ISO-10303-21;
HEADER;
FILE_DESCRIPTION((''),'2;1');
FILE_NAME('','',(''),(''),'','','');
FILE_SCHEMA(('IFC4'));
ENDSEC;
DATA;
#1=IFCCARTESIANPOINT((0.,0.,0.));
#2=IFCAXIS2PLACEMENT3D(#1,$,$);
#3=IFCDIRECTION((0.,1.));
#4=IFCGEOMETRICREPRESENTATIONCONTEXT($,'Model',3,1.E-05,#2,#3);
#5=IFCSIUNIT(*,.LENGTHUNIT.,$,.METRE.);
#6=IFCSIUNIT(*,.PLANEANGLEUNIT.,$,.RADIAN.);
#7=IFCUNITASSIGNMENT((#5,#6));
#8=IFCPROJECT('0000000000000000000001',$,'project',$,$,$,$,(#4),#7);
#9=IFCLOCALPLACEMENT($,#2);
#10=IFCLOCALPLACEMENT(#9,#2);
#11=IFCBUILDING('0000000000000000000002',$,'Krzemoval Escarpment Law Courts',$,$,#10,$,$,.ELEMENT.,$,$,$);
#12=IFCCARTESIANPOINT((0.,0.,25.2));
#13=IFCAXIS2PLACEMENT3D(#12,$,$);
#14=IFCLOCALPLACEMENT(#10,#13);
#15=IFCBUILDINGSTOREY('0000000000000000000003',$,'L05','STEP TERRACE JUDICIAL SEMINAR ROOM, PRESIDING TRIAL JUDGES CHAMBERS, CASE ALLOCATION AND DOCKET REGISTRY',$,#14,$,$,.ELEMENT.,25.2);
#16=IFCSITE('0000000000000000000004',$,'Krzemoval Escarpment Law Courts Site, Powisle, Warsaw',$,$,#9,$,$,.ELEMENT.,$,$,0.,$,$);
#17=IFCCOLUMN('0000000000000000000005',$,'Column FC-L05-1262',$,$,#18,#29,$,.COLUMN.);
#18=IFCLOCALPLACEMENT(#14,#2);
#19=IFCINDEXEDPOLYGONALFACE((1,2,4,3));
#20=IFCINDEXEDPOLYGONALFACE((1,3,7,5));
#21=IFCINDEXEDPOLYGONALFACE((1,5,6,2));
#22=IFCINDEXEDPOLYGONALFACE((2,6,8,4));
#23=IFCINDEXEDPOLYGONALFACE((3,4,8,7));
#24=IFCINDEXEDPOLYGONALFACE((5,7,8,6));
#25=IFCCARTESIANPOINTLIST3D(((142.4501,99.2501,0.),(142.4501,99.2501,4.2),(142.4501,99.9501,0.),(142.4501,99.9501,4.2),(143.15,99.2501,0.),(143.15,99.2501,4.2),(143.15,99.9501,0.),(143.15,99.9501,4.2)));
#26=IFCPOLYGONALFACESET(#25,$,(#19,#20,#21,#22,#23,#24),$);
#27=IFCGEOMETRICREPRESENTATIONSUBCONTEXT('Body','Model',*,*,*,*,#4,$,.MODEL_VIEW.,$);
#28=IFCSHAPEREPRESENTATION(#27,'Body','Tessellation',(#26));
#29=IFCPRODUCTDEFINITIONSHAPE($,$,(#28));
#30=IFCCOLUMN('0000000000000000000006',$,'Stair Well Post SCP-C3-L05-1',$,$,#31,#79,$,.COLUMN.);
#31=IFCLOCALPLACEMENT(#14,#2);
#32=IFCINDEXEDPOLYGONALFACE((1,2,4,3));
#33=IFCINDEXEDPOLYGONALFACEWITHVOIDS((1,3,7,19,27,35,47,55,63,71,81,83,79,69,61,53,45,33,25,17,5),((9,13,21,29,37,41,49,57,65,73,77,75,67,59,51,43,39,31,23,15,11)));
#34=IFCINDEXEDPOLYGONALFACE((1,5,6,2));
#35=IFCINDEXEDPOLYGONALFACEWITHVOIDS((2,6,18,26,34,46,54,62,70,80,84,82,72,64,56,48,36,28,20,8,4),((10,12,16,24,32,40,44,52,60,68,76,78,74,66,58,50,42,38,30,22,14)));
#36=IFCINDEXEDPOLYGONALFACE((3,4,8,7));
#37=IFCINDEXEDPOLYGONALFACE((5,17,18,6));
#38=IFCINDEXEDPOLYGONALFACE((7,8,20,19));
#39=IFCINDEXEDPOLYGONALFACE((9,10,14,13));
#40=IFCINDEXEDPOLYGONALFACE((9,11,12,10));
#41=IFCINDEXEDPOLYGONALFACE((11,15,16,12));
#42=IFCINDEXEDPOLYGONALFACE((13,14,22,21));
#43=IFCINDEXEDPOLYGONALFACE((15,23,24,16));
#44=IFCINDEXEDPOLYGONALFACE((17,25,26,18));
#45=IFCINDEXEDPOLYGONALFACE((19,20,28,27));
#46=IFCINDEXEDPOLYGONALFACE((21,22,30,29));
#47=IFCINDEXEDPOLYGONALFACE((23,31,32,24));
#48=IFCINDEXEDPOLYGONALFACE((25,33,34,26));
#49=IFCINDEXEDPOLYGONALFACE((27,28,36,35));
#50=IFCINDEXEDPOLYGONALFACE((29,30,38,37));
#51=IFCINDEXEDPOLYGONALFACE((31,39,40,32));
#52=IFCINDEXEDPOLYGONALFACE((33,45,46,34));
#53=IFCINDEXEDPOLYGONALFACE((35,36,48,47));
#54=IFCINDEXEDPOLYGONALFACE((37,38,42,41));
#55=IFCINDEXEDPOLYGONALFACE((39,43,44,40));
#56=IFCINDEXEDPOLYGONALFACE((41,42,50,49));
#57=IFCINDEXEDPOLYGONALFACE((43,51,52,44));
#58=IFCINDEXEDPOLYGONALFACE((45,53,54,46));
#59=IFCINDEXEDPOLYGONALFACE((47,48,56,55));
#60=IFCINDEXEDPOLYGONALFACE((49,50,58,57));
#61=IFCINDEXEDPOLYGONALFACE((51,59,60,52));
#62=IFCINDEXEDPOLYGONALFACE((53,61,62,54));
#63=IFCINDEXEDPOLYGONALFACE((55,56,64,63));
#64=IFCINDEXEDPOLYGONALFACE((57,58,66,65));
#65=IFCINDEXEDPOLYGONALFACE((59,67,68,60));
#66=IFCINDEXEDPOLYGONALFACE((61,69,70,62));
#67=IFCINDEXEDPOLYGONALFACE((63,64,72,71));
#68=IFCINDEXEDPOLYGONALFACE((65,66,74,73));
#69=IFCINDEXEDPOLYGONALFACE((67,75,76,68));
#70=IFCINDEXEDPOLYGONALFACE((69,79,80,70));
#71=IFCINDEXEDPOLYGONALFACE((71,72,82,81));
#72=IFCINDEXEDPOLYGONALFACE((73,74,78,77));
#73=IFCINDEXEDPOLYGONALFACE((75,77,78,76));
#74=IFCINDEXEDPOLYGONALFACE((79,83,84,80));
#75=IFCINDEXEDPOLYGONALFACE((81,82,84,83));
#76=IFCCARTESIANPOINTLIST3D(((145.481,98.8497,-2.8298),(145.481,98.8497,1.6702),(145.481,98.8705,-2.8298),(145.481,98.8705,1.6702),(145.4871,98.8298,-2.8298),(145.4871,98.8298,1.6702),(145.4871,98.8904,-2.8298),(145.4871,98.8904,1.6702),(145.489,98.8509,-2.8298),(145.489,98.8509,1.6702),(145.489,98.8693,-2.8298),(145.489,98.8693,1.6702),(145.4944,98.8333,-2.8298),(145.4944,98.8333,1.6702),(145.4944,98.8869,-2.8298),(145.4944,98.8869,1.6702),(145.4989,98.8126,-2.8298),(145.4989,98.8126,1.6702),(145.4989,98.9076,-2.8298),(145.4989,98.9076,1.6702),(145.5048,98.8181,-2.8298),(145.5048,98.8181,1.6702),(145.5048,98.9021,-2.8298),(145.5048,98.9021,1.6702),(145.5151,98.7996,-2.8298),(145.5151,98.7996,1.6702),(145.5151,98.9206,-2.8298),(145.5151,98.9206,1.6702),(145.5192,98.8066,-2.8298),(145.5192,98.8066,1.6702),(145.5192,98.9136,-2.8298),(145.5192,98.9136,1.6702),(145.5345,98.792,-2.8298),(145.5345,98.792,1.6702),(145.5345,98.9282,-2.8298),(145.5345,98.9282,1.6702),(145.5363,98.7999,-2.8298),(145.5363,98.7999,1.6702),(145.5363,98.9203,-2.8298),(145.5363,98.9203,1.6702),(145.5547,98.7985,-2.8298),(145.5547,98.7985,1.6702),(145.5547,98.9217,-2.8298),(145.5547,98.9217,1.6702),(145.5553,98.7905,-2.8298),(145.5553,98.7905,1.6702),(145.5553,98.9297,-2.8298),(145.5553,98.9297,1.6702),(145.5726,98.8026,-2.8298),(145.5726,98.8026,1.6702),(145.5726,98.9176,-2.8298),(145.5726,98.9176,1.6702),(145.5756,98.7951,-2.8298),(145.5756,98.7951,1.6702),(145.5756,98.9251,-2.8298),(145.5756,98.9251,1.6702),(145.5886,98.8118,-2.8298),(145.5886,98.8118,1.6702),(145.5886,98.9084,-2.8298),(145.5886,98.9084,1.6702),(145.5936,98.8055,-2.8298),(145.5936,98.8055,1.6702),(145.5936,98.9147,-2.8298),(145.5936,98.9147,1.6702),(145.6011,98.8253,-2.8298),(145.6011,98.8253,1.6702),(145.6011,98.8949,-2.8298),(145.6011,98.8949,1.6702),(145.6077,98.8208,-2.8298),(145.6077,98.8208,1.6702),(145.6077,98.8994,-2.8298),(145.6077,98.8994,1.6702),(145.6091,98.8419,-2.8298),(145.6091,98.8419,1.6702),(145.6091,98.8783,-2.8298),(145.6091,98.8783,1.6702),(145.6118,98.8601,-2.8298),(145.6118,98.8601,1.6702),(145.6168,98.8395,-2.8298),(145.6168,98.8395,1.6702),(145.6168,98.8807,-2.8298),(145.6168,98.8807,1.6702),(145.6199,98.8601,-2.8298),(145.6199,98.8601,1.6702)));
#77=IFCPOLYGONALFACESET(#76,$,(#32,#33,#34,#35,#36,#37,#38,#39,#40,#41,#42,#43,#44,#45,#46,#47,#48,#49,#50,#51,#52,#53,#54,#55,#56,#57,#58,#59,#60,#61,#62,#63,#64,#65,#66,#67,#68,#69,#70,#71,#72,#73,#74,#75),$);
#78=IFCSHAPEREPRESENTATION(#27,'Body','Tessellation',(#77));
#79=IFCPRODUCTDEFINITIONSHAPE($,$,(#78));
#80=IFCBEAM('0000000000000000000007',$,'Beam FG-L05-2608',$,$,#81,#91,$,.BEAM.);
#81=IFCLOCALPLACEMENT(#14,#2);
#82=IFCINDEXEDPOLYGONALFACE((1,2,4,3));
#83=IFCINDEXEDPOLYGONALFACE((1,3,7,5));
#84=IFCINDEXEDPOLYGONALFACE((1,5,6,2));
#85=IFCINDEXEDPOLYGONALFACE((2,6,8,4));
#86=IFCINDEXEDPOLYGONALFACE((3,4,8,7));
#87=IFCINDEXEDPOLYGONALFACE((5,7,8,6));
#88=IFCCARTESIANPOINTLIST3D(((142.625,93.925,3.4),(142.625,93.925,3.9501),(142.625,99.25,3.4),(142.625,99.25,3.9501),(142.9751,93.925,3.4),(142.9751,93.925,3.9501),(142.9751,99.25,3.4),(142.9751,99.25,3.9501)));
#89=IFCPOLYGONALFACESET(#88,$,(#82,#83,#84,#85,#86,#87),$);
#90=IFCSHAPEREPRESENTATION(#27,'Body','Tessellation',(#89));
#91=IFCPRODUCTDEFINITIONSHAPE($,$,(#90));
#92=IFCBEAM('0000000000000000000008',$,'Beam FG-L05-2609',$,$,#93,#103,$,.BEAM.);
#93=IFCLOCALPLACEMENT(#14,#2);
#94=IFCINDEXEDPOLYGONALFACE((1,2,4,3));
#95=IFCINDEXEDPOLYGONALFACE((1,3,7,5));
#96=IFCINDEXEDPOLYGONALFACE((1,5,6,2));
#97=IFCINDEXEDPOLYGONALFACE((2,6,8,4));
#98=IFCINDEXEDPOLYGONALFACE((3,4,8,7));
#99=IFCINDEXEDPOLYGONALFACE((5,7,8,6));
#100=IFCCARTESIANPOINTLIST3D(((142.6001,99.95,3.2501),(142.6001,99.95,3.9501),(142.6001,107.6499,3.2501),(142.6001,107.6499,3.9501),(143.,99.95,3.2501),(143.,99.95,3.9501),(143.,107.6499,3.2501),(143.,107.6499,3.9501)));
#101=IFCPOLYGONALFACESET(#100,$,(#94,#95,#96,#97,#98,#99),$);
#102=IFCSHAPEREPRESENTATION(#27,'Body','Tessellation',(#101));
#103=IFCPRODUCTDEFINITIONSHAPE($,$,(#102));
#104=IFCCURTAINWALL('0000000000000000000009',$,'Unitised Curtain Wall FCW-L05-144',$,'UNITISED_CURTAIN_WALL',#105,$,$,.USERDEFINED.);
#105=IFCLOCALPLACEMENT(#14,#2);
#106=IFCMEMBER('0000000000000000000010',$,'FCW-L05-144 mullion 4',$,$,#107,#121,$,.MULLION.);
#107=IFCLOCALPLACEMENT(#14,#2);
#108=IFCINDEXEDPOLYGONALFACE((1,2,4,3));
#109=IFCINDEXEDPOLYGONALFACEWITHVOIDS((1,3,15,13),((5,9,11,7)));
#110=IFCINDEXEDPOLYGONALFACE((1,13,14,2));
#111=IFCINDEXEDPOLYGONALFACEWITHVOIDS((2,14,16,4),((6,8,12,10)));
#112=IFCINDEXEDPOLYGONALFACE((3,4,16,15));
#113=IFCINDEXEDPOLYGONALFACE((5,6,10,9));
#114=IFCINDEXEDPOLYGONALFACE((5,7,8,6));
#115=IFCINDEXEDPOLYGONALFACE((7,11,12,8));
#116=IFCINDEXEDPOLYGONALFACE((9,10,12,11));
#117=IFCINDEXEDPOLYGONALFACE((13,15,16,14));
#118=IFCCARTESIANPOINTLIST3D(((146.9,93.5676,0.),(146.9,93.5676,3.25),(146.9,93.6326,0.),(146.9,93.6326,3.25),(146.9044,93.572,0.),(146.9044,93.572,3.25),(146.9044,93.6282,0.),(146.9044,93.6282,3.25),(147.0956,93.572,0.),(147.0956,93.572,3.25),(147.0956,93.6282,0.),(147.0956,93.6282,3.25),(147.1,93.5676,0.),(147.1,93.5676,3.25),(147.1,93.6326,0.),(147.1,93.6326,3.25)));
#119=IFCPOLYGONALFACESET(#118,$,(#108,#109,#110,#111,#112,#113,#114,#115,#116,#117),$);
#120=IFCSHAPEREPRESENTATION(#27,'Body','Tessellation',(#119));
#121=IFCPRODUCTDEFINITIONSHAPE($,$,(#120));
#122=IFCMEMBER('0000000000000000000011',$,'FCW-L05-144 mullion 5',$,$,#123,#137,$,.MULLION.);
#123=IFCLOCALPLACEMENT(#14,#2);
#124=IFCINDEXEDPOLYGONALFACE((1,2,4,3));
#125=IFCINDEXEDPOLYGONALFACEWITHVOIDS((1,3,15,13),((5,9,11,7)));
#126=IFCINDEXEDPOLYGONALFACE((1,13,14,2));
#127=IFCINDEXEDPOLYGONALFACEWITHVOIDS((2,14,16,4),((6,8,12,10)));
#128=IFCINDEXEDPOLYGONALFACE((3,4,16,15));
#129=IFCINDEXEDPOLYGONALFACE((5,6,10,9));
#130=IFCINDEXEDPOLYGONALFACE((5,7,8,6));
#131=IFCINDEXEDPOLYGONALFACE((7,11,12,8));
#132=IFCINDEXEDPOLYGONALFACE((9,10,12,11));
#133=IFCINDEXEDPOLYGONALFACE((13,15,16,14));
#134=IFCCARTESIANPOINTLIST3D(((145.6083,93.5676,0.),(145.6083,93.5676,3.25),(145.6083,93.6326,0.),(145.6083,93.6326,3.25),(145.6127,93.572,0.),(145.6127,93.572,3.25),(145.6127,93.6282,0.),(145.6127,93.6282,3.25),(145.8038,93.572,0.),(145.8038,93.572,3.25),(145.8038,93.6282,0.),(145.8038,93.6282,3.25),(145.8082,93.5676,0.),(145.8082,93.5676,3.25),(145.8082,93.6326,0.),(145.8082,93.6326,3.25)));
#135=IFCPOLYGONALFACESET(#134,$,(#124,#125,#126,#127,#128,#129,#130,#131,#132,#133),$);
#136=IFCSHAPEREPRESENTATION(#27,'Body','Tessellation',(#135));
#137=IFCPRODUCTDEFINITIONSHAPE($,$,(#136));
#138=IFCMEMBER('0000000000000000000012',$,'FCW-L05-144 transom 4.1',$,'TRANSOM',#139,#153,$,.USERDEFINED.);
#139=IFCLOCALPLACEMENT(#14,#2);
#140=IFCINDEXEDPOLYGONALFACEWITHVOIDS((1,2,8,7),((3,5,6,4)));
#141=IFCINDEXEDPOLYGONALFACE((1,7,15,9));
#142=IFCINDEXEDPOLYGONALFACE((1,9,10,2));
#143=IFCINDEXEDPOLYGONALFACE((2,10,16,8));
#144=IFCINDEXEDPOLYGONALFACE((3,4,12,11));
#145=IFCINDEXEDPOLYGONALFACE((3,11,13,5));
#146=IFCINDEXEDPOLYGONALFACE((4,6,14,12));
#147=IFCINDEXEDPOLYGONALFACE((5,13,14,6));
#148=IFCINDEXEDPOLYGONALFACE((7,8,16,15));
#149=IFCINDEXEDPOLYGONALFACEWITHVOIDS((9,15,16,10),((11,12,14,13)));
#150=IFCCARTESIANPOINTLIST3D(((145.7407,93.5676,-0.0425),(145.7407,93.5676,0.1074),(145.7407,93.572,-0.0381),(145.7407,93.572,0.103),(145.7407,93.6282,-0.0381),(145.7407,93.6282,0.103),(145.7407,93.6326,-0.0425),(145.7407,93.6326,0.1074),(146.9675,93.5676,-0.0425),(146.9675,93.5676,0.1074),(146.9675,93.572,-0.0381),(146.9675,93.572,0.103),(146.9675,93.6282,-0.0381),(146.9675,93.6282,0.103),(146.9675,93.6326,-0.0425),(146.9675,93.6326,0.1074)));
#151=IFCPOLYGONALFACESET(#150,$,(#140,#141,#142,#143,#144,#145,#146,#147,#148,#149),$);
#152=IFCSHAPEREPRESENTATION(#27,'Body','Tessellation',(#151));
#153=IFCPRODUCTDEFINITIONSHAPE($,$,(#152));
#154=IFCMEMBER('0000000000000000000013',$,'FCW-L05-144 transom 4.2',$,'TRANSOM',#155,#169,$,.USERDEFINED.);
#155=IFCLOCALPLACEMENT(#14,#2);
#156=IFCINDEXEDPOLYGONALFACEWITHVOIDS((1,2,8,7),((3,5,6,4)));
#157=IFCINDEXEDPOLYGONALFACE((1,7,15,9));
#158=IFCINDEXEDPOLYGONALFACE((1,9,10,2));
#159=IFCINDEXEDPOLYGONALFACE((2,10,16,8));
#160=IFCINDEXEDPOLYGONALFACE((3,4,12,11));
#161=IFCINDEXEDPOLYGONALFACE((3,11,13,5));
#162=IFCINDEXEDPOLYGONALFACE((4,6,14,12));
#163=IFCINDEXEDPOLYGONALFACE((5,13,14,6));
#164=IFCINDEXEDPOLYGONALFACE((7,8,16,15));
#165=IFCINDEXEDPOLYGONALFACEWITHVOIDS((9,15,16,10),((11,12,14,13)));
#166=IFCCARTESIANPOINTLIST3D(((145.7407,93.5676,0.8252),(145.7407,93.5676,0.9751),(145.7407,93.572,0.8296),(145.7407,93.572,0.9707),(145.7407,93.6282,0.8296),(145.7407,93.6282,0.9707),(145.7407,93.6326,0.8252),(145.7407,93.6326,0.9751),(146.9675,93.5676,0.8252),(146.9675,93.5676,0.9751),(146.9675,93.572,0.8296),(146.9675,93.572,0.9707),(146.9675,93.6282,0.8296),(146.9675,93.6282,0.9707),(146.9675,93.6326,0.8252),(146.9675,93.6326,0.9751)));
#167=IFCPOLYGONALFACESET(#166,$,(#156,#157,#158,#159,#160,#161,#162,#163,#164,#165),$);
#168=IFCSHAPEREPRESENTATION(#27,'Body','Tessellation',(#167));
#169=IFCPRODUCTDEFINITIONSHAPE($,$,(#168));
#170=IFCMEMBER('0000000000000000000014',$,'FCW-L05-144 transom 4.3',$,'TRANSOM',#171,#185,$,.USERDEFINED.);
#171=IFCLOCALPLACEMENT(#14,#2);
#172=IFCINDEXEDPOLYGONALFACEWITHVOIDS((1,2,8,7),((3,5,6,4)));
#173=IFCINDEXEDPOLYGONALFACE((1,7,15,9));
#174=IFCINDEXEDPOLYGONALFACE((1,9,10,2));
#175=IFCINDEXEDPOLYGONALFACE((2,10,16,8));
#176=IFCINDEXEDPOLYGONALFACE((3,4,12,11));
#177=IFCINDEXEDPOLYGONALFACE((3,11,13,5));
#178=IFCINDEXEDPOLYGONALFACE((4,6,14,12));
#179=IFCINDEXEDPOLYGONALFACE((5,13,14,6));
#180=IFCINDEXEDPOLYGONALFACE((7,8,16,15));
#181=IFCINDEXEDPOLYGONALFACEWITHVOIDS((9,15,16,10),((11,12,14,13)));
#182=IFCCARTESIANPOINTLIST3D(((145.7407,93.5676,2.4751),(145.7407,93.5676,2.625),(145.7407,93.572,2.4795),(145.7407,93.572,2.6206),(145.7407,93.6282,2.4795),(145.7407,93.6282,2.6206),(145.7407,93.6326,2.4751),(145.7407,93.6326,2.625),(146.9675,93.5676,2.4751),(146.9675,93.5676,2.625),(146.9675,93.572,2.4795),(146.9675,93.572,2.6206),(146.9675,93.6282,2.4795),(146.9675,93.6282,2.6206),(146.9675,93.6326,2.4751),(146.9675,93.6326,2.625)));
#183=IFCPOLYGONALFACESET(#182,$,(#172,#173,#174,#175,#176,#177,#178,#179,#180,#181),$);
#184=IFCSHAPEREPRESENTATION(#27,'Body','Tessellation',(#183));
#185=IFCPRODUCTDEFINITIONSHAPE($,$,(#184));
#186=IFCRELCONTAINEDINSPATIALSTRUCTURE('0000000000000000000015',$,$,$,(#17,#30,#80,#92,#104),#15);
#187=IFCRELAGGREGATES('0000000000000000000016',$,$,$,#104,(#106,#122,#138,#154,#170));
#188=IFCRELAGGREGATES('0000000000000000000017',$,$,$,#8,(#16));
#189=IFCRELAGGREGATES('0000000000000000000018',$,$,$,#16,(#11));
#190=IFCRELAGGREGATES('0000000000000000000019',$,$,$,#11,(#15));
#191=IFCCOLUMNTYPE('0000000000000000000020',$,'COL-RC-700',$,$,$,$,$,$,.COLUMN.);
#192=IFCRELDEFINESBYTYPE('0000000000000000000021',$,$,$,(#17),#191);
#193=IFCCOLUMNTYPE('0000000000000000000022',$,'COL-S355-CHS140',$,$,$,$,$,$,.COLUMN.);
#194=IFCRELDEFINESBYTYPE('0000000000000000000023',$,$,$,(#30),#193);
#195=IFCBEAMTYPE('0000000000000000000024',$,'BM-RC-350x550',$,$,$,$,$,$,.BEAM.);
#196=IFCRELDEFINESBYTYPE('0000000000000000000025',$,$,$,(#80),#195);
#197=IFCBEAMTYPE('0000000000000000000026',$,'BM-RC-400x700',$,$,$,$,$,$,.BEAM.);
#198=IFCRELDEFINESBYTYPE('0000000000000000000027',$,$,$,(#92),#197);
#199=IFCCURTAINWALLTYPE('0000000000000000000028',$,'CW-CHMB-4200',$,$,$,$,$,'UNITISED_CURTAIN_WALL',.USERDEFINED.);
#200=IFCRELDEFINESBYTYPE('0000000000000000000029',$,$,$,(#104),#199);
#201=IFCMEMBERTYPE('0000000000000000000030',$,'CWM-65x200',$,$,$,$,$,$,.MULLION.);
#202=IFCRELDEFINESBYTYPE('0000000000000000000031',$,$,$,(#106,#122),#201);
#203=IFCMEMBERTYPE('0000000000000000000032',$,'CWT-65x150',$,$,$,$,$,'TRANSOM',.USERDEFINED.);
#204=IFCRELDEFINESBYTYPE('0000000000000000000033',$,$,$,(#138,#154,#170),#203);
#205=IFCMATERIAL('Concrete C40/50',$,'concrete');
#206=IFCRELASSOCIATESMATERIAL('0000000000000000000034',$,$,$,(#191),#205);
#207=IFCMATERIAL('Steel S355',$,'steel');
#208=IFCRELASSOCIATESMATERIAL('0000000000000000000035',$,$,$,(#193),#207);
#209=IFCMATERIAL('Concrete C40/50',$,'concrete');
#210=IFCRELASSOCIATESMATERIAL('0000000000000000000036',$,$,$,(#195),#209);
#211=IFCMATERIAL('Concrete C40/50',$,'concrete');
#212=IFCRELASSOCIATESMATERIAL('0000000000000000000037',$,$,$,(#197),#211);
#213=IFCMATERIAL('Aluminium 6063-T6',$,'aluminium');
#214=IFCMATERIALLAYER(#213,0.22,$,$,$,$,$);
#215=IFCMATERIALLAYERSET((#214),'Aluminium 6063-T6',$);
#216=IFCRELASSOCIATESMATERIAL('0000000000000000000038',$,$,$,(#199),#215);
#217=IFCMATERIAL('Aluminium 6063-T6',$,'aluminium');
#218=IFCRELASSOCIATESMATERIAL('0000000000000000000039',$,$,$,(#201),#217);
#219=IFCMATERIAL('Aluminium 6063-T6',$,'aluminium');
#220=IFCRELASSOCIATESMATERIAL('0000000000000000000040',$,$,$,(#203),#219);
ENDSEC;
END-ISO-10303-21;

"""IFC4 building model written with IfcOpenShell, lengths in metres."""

from ifc_helpers import new_model, si_unit, direction, frame, origin, origin_2d, place, context, subcontext, project, spatial, rectangle, hollow_rectangle, hollow_circle, extrude, material, layer, layer_set, material_profile, profile_set, type_object, element, aggregate, save


model = new_model("IFC4")

# Units and contexts
model_context = context("Model", 3, precision=1e-05, world=origin(), true_north=direction((0.0, 1.0)))
body_context = subcontext(model_context, "Body", "Model", "MODEL_VIEW")
ifc_project = project(units=[si_unit("LENGTHUNIT", "METRE"), si_unit("PLANEANGLEUNIT", "RADIAN")], contexts=[model_context])

# Site, building, storey
site_placement = place(None, origin())
site = spatial("IfcSite", under=ifc_project, at=site_placement, Name="Krzemoval Escarpment Law Courts Site, Powisle, Warsaw", CompositionType="ELEMENT", RefElevation=0.0)
building_placement = place(site_placement, origin())
building = spatial("IfcBuilding", under=site, at=building_placement, Name="Krzemoval Escarpment Law Courts", CompositionType="ELEMENT")
storey_placement = place(building_placement, frame((0.0, 0.0, 25.2)))
storey = spatial("IfcBuildingStorey", under=building, at=storey_placement, Name="L05", Description="STEP TERRACE JUDICIAL SEMINAR ROOM, PRESIDING TRIAL JUDGES CHAMBERS, CASE ALLOCATION AND DOCKET REGISTRY", CompositionType="ELEMENT", Elevation=25.2)

# Columns
ifc_material_1 = material(Name="Concrete C40/50", Category="concrete")
ifc_material_profile_1 = material_profile(ifc_material_1, rectangle(XDim=0.7, YDim=0.7, at=origin_2d()), Name="RC 700x700")
ifc_profile_set_1 = profile_set([ifc_material_profile_1], Name="Concrete C40/50")
column_type_1 = type_object("IfcColumnType", Name="COL-RC-700", PredefinedType="COLUMN", material=ifc_profile_set_1)
column_1_placement = place(storey_placement, frame((142.8, 99.6001, 0.0), z_axis=(0.0, 0.0, 1.0), x_axis=(1.0, 0.0, 0.0)))
element("IfcColumn", 1, at=column_1_placement, inside=storey, type_object=column_type_1, Name="Column FC-L05-1262", PredefinedType="COLUMN", context=body_context, shape_type="SweptSolid", body=[
    extrude(rectangle(XDim=0.7, YDim=0.7, at=origin_2d()), origin(), (0.0, 0.0, 1.0), 4.2),
])
ifc_material_2 = material(Name="Steel S355", Category="steel")
ifc_material_profile_2 = material_profile(ifc_material_2, hollow_circle(Radius=0.0698, WallThickness=0.0081, at=origin_2d()), Name="CHS 139.7x8")
ifc_profile_set_2 = profile_set([ifc_material_profile_2], Name="Steel S355")
column_type_2 = type_object("IfcColumnType", Name="COL-S355-CHS140", PredefinedType="COLUMN", material=ifc_profile_set_2)
column_2_placement = place(storey_placement, frame((145.55, 98.8601, -2.8298), z_axis=(0.0, 0.0, 1.0), x_axis=(1.0, 0.0, 0.0)))
element("IfcColumn", 2, at=column_2_placement, inside=storey, type_object=column_type_2, Name="Stair Well Post SCP-C3-L05-1", PredefinedType="COLUMN", context=body_context, shape_type="SweptSolid", body=[
    extrude(hollow_circle(Radius=0.0698, WallThickness=0.0081, at=origin_2d()), origin(), (0.0, 0.0, 1.0), 4.5),
])

# Beams
ifc_material_3 = material(Name="Concrete C40/50", Category="concrete")
ifc_material_profile_3 = material_profile(ifc_material_3, rectangle(XDim=0.3501, YDim=0.55, at=origin_2d()), Name="RCB 350x550")
ifc_profile_set_3 = profile_set([ifc_material_profile_3], Name="Concrete C40/50")
beam_type_1 = type_object("IfcBeamType", Name="BM-RC-350x550", PredefinedType="BEAM", material=ifc_profile_set_3)
beam_1_placement = place(storey_placement, frame((142.8, 93.925, 3.675), z_axis=(0.0, 1.0, 0.0), x_axis=(-1.0, 0.0, 0.0)))
element("IfcBeam", 3, at=beam_1_placement, inside=storey, type_object=beam_type_1, Name="Beam FG-L05-2608", PredefinedType="BEAM", context=body_context, shape_type="SweptSolid", body=[
    extrude(rectangle(XDim=0.3501, YDim=0.55, at=origin_2d()), origin(), (0.0, 0.0, 1.0), 5.325),
])
ifc_material_4 = material(Name="Concrete C40/50", Category="concrete")
ifc_material_profile_4 = material_profile(ifc_material_4, rectangle(XDim=0.3999, YDim=0.7, at=origin_2d()), Name="RCB 400x700")
ifc_profile_set_4 = profile_set([ifc_material_profile_4], Name="Concrete C40/50")
beam_type_2 = type_object("IfcBeamType", Name="BM-RC-400x700", PredefinedType="BEAM", material=ifc_profile_set_4)
beam_2_placement = place(storey_placement, frame((142.8, 99.95, 3.6001), z_axis=(0.0, 1.0, 0.0), x_axis=(-1.0, 0.0, 0.0)))
element("IfcBeam", 4, at=beam_2_placement, inside=storey, type_object=beam_type_2, Name="Beam FG-L05-2609", PredefinedType="BEAM", context=body_context, shape_type="SweptSolid", body=[
    extrude(rectangle(XDim=0.3999, YDim=0.7, at=origin_2d()), origin(), (0.0, 0.0, 1.0), 7.7),
])

# Curtain wall, members
ifc_material_5 = material(Name="Aluminium 6063-T6", Category="aluminium")
ifc_layer_1 = layer(ifc_material_5, 0.22)
ifc_layer_set_1 = layer_set([ifc_layer_1], Name="Aluminium 6063-T6")
curtain_wall_type = type_object("IfcCurtainWallType", Name="CW-CHMB-4200", ElementType="UNITISED_CURTAIN_WALL", PredefinedType="USERDEFINED", material=ifc_layer_set_1)
curtain_wall_placement = place(storey_placement, origin())
curtain_wall = element("IfcCurtainWall", 5, at=curtain_wall_placement, inside=storey, type_object=curtain_wall_type, Name="Unitised Curtain Wall FCW-L05-144", ObjectType="UNITISED_CURTAIN_WALL", PredefinedType="USERDEFINED")
ifc_material_6 = material(Name="Aluminium 6063-T6", Category="aluminium")
ifc_material_profile_5 = material_profile(ifc_material_6, hollow_rectangle(XDim=0.0649, YDim=0.2, WallThickness=0.0044, at=origin_2d()), Name="ALU M65x200")
ifc_profile_set_5 = profile_set([ifc_material_profile_5], Name="Aluminium 6063-T6")
member_type_1 = type_object("IfcMemberType", Name="CWM-65x200", PredefinedType="MULLION", material=ifc_profile_set_5)
member_1_placement = place(storey_placement, frame((147.0, 93.6001, 0.0), z_axis=(0.0, 0.0, 1.0), x_axis=(0.0, -1.0, 0.0)))
member_1 = element("IfcMember", 6, at=member_1_placement, type_object=member_type_1, Name="FCW-L05-144 mullion 4", PredefinedType="MULLION", context=body_context, shape_type="SweptSolid", body=[
    extrude(hollow_rectangle(XDim=0.0649, YDim=0.2, WallThickness=0.0044, at=origin_2d()), origin(), (0.0, 0.0, 1.0), 3.25),
])
member_2_placement = place(storey_placement, frame((145.7083, 93.6001, 0.0), z_axis=(0.0, 0.0, 1.0), x_axis=(0.0, -1.0, 0.0)))
member_2 = element("IfcMember", 7, at=member_2_placement, type_object=member_type_1, Name="FCW-L05-144 mullion 5", PredefinedType="MULLION", context=body_context, shape_type="SweptSolid", body=[
    extrude(hollow_rectangle(XDim=0.0649, YDim=0.2, WallThickness=0.0044, at=origin_2d()), origin(), (0.0, 0.0, 1.0), 3.25),
])
ifc_material_7 = material(Name="Aluminium 6063-T6", Category="aluminium")
ifc_material_profile_6 = material_profile(ifc_material_7, hollow_rectangle(XDim=0.0649, YDim=0.1499, WallThickness=0.0044, at=origin_2d()), Name="ALU T65x150")
ifc_profile_set_6 = profile_set([ifc_material_profile_6], Name="Aluminium 6063-T6")
member_type_2 = type_object("IfcMemberType", Name="CWT-65x150", ElementType="TRANSOM", PredefinedType="USERDEFINED", material=ifc_profile_set_6)
member_3_placement = place(storey_placement, frame((146.9675, 93.6001, 0.0325), z_axis=(-1.0, 0.0, 0.0), x_axis=(0.0, -1.0, 0.0)))
member_3 = element("IfcMember", 8, at=member_3_placement, type_object=member_type_2, Name="FCW-L05-144 transom 4.1", ObjectType="TRANSOM", PredefinedType="USERDEFINED", context=body_context, shape_type="SweptSolid", body=[
    extrude(hollow_rectangle(XDim=0.0649, YDim=0.1499, WallThickness=0.0044, at=origin_2d()), origin(), (0.0, 0.0, 1.0), 1.2268),
])
member_4_placement = place(storey_placement, frame((146.9675, 93.6001, 0.9001), z_axis=(-1.0, 0.0, 0.0), x_axis=(0.0, -1.0, 0.0)))
member_4 = element("IfcMember", 9, at=member_4_placement, type_object=member_type_2, Name="FCW-L05-144 transom 4.2", ObjectType="TRANSOM", PredefinedType="USERDEFINED", context=body_context, shape_type="SweptSolid", body=[
    extrude(hollow_rectangle(XDim=0.0649, YDim=0.1499, WallThickness=0.0044, at=origin_2d()), origin(), (0.0, 0.0, 1.0), 1.2268),
])
member_5_placement = place(storey_placement, frame((146.9675, 93.6001, 2.55), z_axis=(-1.0, 0.0, 0.0), x_axis=(0.0, -1.0, 0.0)))
member_5 = element("IfcMember", 10, at=member_5_placement, type_object=member_type_2, Name="FCW-L05-144 transom 4.3", ObjectType="TRANSOM", PredefinedType="USERDEFINED", context=body_context, shape_type="SweptSolid", body=[
    extrude(hollow_rectangle(XDim=0.0649, YDim=0.1499, WallThickness=0.0044, at=origin_2d()), origin(), (0.0, 0.0, 1.0), 1.2268),
])

aggregate(curtain_wall, [member_1, member_2, member_3, member_4, member_5])

save(model, "model.ifc")
